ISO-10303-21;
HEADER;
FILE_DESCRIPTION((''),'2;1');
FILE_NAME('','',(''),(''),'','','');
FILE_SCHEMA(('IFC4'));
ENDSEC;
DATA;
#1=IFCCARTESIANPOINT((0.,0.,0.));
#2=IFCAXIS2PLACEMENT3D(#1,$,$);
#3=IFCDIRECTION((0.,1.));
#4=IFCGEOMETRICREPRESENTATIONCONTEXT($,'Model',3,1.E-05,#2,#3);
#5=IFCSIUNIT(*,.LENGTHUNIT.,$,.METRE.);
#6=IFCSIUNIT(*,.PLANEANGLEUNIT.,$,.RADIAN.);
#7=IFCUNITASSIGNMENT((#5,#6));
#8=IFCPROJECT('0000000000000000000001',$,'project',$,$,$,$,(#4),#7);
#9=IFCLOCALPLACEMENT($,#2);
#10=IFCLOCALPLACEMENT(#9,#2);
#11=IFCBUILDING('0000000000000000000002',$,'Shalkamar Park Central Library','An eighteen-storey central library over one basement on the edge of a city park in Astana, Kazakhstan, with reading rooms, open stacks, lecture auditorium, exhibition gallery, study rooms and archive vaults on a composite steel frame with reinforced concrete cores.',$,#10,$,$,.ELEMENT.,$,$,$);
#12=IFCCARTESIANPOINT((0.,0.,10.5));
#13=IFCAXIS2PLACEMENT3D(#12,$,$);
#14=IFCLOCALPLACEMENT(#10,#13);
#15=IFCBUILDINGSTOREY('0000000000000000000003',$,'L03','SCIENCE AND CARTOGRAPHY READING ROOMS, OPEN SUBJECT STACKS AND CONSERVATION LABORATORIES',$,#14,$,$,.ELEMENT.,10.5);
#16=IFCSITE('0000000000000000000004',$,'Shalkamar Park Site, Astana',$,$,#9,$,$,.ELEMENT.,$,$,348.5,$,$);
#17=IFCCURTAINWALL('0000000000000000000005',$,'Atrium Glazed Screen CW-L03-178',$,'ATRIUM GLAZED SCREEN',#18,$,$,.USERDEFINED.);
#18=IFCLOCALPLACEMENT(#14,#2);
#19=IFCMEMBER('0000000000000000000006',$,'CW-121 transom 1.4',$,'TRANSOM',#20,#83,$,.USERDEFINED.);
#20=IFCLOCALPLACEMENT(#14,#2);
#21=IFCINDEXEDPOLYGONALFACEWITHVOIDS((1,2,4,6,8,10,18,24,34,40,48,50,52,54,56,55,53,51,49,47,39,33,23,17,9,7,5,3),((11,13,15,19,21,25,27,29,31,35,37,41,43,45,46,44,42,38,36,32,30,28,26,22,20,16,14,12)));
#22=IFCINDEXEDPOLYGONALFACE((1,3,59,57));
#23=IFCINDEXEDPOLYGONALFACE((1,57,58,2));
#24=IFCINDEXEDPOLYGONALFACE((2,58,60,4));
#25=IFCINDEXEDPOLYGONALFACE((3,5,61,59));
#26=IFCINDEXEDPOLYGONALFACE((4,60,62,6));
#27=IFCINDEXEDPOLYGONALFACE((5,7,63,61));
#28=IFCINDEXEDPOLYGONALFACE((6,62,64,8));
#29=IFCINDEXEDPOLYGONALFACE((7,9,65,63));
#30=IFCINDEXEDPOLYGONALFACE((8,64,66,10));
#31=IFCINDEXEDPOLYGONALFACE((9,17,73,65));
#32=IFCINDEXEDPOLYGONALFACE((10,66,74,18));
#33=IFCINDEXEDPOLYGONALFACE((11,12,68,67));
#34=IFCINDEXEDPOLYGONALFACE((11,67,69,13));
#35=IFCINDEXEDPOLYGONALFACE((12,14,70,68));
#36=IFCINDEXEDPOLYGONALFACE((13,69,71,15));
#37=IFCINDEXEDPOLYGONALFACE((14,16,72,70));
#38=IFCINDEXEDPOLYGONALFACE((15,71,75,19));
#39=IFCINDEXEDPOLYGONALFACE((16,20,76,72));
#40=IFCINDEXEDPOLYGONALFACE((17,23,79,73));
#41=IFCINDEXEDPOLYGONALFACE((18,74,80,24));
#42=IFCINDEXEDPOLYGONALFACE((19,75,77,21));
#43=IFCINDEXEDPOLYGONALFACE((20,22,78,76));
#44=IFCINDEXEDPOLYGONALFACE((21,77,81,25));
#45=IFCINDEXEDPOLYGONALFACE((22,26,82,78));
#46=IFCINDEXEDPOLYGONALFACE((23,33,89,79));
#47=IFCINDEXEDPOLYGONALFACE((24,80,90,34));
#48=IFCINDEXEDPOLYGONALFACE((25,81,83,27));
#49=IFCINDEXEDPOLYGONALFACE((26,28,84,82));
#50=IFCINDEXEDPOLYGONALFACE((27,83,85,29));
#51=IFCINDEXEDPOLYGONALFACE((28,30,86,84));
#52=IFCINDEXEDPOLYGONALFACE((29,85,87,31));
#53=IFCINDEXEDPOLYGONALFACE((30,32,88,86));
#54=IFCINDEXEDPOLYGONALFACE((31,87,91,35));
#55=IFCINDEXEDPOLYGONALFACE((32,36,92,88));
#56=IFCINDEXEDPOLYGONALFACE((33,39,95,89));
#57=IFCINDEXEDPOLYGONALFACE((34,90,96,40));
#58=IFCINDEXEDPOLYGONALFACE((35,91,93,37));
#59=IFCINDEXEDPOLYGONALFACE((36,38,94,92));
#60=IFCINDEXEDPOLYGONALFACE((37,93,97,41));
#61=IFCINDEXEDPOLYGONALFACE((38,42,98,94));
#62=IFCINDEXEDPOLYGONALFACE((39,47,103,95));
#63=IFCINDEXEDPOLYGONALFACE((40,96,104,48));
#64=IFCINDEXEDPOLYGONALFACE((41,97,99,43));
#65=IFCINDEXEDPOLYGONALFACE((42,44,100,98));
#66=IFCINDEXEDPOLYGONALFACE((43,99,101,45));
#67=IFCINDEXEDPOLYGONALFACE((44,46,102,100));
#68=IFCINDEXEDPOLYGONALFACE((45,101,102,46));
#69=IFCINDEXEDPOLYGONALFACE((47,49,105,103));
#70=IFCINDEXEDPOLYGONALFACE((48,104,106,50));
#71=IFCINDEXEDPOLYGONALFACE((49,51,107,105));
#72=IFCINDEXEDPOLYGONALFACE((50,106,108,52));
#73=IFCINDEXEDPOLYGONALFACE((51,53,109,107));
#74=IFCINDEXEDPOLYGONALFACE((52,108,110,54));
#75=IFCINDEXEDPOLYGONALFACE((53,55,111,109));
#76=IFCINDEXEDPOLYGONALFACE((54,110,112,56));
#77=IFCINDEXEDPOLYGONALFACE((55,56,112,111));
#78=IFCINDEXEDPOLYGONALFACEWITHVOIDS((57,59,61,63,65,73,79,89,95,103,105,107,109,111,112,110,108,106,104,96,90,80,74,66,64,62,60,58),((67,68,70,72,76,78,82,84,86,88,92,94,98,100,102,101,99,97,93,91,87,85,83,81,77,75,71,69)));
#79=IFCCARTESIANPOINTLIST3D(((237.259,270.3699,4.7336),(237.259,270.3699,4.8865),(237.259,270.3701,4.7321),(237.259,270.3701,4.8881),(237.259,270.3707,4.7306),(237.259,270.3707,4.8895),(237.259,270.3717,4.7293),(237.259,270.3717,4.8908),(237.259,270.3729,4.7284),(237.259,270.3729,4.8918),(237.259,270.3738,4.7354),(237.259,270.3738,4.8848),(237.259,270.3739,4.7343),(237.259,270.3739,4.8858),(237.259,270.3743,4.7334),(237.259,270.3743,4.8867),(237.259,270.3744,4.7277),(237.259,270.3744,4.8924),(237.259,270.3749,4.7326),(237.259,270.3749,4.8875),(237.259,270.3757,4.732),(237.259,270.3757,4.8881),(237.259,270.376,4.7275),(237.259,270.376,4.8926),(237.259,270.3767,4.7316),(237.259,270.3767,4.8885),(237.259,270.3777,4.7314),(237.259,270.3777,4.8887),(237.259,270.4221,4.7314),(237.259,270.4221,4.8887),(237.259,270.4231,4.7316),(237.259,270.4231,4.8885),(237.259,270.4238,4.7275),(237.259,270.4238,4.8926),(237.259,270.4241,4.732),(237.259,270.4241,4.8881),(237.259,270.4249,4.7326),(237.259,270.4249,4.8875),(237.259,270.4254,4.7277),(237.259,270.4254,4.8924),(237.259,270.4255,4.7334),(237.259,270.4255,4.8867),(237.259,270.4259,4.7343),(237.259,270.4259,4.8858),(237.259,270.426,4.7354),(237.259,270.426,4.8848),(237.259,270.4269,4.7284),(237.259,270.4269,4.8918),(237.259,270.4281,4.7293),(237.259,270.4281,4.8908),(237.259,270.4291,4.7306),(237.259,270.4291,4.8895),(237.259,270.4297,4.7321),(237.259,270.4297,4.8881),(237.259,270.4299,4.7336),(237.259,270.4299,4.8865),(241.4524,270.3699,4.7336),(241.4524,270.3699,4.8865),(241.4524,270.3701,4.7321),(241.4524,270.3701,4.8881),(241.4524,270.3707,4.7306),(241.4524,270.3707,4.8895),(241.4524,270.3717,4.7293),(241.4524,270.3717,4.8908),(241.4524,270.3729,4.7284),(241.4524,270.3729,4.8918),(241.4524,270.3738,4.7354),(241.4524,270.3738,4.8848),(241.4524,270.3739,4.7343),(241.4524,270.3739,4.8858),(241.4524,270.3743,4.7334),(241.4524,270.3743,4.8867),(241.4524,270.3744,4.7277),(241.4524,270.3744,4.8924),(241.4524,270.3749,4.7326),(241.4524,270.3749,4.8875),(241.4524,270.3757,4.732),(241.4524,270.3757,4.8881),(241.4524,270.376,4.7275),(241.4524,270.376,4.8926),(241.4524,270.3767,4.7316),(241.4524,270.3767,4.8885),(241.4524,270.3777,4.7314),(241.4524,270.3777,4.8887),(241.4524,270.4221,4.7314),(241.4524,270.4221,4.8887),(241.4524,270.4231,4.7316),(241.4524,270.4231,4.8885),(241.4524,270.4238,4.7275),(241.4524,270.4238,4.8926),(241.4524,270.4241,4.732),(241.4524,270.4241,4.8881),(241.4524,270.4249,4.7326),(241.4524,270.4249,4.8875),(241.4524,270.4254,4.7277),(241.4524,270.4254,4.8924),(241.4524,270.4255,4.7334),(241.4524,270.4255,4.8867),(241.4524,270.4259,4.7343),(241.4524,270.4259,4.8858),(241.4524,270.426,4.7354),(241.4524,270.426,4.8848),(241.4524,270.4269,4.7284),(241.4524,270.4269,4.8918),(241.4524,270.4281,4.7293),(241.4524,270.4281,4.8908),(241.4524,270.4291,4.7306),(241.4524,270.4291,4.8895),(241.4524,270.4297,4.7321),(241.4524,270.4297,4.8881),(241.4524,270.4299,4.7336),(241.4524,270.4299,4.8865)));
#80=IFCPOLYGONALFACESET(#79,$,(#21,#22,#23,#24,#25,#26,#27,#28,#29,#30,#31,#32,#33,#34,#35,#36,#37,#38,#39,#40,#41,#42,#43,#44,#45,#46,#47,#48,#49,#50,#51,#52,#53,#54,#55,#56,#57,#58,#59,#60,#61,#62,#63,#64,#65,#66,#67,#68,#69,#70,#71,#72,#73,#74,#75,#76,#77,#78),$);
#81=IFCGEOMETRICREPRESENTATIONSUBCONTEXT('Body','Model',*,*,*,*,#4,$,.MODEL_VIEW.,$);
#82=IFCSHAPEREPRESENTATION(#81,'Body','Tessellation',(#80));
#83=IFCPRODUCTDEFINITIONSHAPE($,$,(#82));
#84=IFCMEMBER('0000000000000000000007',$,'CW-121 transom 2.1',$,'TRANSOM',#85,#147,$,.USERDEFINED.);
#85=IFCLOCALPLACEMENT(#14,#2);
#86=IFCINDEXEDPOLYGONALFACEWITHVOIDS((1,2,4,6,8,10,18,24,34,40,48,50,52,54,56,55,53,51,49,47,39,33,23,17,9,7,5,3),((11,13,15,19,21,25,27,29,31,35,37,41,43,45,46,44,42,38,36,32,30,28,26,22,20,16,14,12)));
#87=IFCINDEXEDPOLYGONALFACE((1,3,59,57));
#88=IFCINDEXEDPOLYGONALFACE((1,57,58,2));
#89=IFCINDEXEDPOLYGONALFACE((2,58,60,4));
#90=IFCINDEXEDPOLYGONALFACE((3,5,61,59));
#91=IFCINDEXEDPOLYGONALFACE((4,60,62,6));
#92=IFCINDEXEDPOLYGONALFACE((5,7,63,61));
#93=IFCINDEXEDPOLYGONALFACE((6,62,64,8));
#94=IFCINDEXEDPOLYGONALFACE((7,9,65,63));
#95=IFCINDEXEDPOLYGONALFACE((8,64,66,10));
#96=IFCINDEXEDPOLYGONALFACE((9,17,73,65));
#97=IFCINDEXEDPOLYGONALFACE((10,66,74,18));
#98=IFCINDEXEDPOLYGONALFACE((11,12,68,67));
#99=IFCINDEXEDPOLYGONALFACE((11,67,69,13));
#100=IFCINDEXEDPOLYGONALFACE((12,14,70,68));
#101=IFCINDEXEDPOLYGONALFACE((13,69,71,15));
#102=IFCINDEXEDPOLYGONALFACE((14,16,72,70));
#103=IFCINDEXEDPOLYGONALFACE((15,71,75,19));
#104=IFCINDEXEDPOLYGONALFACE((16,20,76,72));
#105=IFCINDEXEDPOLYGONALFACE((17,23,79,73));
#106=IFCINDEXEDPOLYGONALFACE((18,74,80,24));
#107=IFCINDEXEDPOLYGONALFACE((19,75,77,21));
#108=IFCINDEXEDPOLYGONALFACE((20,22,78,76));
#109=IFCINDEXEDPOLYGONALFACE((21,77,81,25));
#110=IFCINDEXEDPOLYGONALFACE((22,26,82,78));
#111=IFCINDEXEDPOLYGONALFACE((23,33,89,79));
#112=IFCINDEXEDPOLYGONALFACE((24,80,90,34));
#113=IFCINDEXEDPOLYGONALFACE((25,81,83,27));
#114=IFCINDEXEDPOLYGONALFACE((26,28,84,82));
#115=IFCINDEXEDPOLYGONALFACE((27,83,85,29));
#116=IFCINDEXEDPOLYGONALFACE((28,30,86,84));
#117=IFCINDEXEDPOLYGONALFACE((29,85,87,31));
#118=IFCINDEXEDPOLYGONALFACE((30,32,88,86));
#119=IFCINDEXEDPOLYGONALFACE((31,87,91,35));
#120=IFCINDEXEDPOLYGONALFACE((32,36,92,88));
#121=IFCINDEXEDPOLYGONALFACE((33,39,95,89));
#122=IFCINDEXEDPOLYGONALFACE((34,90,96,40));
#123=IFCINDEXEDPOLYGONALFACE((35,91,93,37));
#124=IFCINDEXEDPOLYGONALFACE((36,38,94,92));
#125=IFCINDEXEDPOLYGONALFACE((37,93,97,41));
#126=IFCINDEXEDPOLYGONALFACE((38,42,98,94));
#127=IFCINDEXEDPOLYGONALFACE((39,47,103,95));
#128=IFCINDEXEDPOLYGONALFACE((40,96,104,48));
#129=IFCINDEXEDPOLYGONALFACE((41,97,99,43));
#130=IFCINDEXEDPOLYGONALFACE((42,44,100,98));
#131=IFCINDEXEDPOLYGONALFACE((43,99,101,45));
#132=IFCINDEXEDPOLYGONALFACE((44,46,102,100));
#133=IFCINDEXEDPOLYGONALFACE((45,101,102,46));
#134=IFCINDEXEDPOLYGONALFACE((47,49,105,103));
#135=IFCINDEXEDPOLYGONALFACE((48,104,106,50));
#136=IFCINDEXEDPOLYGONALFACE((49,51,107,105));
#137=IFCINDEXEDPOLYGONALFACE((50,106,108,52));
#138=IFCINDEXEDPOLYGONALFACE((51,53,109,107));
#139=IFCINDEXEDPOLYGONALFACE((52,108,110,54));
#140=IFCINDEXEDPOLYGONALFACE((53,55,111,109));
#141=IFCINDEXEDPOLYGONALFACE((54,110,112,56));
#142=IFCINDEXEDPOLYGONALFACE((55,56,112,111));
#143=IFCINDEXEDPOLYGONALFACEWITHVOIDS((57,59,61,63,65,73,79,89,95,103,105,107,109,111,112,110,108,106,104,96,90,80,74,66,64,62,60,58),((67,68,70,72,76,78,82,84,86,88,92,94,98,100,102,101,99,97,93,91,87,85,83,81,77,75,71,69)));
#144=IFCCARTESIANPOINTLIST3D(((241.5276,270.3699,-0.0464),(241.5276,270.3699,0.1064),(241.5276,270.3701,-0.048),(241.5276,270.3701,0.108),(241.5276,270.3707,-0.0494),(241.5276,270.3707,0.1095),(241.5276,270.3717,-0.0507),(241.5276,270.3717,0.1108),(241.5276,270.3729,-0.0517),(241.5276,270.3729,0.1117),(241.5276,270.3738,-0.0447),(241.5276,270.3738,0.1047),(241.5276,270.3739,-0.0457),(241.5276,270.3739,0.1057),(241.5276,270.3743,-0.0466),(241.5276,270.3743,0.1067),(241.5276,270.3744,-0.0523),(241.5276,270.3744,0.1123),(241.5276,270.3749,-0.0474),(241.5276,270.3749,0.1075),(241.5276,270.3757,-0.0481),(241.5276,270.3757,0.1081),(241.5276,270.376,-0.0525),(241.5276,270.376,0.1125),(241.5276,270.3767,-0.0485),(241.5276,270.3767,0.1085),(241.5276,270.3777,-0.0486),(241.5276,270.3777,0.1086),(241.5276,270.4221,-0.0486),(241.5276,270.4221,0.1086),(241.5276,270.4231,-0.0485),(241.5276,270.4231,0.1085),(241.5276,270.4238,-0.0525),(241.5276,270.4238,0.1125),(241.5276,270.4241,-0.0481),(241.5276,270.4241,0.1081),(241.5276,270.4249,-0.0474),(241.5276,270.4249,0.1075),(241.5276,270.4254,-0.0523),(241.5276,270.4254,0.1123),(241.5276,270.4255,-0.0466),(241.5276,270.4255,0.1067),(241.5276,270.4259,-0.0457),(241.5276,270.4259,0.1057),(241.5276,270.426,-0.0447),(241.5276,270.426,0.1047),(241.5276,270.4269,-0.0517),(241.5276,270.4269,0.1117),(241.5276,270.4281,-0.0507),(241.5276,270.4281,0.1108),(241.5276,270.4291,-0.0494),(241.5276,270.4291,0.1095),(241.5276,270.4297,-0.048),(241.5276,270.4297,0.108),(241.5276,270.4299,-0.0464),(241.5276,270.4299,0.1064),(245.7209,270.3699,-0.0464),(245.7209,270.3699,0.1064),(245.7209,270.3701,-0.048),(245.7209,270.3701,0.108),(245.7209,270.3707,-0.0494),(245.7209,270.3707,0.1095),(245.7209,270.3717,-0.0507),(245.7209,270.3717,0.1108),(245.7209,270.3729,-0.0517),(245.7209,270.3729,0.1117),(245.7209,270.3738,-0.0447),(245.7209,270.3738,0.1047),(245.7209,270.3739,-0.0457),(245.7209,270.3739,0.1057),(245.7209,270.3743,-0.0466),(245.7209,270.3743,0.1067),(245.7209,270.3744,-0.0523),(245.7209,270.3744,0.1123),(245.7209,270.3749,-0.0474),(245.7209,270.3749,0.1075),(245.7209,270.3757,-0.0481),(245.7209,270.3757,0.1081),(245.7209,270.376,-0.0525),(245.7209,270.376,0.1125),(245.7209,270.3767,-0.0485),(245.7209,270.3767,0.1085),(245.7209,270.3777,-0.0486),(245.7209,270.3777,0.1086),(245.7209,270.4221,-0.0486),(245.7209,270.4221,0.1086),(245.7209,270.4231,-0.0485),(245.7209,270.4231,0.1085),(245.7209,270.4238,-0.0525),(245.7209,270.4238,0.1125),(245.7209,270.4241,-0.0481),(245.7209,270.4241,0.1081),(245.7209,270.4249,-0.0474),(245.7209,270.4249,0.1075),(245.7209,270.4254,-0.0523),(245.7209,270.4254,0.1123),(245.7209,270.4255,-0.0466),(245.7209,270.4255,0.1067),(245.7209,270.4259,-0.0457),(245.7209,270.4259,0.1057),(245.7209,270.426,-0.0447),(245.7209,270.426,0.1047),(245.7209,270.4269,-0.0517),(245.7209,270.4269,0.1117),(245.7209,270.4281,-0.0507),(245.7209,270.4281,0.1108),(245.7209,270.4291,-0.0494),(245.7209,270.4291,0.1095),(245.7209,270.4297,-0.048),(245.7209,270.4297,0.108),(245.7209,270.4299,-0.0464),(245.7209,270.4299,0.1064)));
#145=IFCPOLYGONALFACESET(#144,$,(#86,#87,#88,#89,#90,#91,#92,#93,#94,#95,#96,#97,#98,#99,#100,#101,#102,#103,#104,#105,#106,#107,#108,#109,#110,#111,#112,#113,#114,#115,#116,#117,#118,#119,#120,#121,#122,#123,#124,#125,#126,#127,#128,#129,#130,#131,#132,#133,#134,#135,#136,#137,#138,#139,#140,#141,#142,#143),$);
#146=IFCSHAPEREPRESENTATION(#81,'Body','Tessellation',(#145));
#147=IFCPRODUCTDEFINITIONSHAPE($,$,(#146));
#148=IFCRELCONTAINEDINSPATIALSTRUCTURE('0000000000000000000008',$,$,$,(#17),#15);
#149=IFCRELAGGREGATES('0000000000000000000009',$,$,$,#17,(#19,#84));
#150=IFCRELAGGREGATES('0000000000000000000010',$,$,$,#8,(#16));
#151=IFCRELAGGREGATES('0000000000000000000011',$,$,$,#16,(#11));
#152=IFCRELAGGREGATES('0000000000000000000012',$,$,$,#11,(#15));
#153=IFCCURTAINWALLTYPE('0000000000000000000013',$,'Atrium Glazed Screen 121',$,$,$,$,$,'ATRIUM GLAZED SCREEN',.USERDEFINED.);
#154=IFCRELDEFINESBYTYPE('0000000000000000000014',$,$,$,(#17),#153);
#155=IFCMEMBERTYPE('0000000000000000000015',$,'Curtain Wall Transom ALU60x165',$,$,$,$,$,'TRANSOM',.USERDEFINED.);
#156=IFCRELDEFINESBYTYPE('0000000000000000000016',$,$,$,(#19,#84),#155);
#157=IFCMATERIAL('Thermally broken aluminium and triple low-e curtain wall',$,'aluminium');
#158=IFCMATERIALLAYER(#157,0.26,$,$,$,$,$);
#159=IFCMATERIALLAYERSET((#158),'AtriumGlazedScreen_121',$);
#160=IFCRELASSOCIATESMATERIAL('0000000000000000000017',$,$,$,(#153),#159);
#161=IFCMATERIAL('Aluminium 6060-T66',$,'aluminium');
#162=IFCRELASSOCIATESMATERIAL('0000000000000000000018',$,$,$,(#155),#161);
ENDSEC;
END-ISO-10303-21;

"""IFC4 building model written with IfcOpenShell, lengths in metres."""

from ifc_helpers import new_model, si_unit, direction, frame, origin, origin_2d, place, context, subcontext, project, spatial, hollow_rectangle, extrude, material, layer, layer_set, material_profile, profile_set, type_object, element, aggregate, save


model = new_model("IFC4")

# Units and contexts
model_context = context("Model", 3, precision=1e-05, world=origin(), true_north=direction((0.0, 1.0)))
body_context = subcontext(model_context, "Body", "Model", "MODEL_VIEW")
ifc_project = project(units=[si_unit("LENGTHUNIT", "METRE"), si_unit("PLANEANGLEUNIT", "RADIAN")], contexts=[model_context])

# Site, building, storey
site_placement = place(None, origin())
site = spatial("IfcSite", under=ifc_project, at=site_placement, Name="Shalkamar Park Site, Astana", CompositionType="ELEMENT", RefElevation=348.5)
building_placement = place(site_placement, origin())
building = spatial("IfcBuilding", under=site, at=building_placement, Name="Shalkamar Park Central Library", Description="An eighteen-storey central library over one basement on the edge of a city park in Astana, Kazakhstan, with reading rooms, open stacks, lecture auditorium, exhibition gallery, study rooms and archive vaults on a composite steel frame with reinforced concrete cores.", CompositionType="ELEMENT")
storey_placement = place(building_placement, frame((0.0, 0.0, 10.5)))
storey = spatial("IfcBuildingStorey", under=building, at=storey_placement, Name="L03", Description="SCIENCE AND CARTOGRAPHY READING ROOMS, OPEN SUBJECT STACKS AND CONSERVATION LABORATORIES", CompositionType="ELEMENT", Elevation=10.5)

# Curtain wall, members
ifc_material_1 = material(Name="Thermally broken aluminium and triple low-e curtain wall", Category="aluminium")
ifc_layer_1 = layer(ifc_material_1, 0.26)
ifc_layer_set_1 = layer_set([ifc_layer_1], Name="AtriumGlazedScreen_121")
curtain_wall_type = type_object("IfcCurtainWallType", Name="Atrium Glazed Screen 121", ElementType="ATRIUM GLAZED SCREEN", PredefinedType="USERDEFINED", material=ifc_layer_set_1)
curtain_wall_placement = place(storey_placement, origin())
curtain_wall = element("IfcCurtainWall", 1, at=curtain_wall_placement, inside=storey, type_object=curtain_wall_type, Name="Atrium Glazed Screen CW-L03-178", ObjectType="ATRIUM GLAZED SCREEN", PredefinedType="USERDEFINED")
ifc_material_2 = material(Name="Aluminium 6060-T66", Category="aluminium")
ifc_material_profile_1 = material_profile(ifc_material_2, hollow_rectangle(XDim=0.0601, YDim=0.165, WallThickness=0.0039, InnerFilletRadius=0.0039, OuterFilletRadius=0.0061, at=origin_2d()), Name="ALU 60x165x4")
ifc_profile_set_1 = profile_set([ifc_material_profile_1], Name="Aluminium 6060-T66")
member_type_1 = type_object("IfcMemberType", Name="Curtain Wall Transom ALU60x165", ElementType="TRANSOM", PredefinedType="USERDEFINED", material=ifc_profile_set_1)
member_1_placement = place(storey_placement, frame((237.259, 270.3999, 4.8101), z_axis=(1.0, 0.0, 0.0), x_axis=(0.0, 1.0, 0.0)))
member_1 = element("IfcMember", 2, at=member_1_placement, type_object=member_type_1, Name="CW-121 transom 1.4", ObjectType="TRANSOM", PredefinedType="USERDEFINED", context=body_context, shape_type="SweptSolid", body=[
    extrude(hollow_rectangle(XDim=0.0601, YDim=0.165, WallThickness=0.0039, InnerFilletRadius=0.0039, OuterFilletRadius=0.0061, at=origin_2d()), origin(), (0.0, 0.0, 1.0), 4.1934),
])
member_2_placement = place(storey_placement, frame((241.5276, 270.3999, 0.03), z_axis=(1.0, 0.0, 0.0), x_axis=(0.0, 1.0, 0.0)))
member_2 = element("IfcMember", 3, at=member_2_placement, type_object=member_type_1, Name="CW-121 transom 2.1", ObjectType="TRANSOM", PredefinedType="USERDEFINED", context=body_context, shape_type="SweptSolid", body=[
    extrude(hollow_rectangle(XDim=0.0601, YDim=0.165, WallThickness=0.0039, InnerFilletRadius=0.0039, OuterFilletRadius=0.0061, at=origin_2d()), origin(), (0.0, 0.0, 1.0), 4.1934),
])

aggregate(curtain_wall, [member_1, member_2])

save(model, "model.ifc")
